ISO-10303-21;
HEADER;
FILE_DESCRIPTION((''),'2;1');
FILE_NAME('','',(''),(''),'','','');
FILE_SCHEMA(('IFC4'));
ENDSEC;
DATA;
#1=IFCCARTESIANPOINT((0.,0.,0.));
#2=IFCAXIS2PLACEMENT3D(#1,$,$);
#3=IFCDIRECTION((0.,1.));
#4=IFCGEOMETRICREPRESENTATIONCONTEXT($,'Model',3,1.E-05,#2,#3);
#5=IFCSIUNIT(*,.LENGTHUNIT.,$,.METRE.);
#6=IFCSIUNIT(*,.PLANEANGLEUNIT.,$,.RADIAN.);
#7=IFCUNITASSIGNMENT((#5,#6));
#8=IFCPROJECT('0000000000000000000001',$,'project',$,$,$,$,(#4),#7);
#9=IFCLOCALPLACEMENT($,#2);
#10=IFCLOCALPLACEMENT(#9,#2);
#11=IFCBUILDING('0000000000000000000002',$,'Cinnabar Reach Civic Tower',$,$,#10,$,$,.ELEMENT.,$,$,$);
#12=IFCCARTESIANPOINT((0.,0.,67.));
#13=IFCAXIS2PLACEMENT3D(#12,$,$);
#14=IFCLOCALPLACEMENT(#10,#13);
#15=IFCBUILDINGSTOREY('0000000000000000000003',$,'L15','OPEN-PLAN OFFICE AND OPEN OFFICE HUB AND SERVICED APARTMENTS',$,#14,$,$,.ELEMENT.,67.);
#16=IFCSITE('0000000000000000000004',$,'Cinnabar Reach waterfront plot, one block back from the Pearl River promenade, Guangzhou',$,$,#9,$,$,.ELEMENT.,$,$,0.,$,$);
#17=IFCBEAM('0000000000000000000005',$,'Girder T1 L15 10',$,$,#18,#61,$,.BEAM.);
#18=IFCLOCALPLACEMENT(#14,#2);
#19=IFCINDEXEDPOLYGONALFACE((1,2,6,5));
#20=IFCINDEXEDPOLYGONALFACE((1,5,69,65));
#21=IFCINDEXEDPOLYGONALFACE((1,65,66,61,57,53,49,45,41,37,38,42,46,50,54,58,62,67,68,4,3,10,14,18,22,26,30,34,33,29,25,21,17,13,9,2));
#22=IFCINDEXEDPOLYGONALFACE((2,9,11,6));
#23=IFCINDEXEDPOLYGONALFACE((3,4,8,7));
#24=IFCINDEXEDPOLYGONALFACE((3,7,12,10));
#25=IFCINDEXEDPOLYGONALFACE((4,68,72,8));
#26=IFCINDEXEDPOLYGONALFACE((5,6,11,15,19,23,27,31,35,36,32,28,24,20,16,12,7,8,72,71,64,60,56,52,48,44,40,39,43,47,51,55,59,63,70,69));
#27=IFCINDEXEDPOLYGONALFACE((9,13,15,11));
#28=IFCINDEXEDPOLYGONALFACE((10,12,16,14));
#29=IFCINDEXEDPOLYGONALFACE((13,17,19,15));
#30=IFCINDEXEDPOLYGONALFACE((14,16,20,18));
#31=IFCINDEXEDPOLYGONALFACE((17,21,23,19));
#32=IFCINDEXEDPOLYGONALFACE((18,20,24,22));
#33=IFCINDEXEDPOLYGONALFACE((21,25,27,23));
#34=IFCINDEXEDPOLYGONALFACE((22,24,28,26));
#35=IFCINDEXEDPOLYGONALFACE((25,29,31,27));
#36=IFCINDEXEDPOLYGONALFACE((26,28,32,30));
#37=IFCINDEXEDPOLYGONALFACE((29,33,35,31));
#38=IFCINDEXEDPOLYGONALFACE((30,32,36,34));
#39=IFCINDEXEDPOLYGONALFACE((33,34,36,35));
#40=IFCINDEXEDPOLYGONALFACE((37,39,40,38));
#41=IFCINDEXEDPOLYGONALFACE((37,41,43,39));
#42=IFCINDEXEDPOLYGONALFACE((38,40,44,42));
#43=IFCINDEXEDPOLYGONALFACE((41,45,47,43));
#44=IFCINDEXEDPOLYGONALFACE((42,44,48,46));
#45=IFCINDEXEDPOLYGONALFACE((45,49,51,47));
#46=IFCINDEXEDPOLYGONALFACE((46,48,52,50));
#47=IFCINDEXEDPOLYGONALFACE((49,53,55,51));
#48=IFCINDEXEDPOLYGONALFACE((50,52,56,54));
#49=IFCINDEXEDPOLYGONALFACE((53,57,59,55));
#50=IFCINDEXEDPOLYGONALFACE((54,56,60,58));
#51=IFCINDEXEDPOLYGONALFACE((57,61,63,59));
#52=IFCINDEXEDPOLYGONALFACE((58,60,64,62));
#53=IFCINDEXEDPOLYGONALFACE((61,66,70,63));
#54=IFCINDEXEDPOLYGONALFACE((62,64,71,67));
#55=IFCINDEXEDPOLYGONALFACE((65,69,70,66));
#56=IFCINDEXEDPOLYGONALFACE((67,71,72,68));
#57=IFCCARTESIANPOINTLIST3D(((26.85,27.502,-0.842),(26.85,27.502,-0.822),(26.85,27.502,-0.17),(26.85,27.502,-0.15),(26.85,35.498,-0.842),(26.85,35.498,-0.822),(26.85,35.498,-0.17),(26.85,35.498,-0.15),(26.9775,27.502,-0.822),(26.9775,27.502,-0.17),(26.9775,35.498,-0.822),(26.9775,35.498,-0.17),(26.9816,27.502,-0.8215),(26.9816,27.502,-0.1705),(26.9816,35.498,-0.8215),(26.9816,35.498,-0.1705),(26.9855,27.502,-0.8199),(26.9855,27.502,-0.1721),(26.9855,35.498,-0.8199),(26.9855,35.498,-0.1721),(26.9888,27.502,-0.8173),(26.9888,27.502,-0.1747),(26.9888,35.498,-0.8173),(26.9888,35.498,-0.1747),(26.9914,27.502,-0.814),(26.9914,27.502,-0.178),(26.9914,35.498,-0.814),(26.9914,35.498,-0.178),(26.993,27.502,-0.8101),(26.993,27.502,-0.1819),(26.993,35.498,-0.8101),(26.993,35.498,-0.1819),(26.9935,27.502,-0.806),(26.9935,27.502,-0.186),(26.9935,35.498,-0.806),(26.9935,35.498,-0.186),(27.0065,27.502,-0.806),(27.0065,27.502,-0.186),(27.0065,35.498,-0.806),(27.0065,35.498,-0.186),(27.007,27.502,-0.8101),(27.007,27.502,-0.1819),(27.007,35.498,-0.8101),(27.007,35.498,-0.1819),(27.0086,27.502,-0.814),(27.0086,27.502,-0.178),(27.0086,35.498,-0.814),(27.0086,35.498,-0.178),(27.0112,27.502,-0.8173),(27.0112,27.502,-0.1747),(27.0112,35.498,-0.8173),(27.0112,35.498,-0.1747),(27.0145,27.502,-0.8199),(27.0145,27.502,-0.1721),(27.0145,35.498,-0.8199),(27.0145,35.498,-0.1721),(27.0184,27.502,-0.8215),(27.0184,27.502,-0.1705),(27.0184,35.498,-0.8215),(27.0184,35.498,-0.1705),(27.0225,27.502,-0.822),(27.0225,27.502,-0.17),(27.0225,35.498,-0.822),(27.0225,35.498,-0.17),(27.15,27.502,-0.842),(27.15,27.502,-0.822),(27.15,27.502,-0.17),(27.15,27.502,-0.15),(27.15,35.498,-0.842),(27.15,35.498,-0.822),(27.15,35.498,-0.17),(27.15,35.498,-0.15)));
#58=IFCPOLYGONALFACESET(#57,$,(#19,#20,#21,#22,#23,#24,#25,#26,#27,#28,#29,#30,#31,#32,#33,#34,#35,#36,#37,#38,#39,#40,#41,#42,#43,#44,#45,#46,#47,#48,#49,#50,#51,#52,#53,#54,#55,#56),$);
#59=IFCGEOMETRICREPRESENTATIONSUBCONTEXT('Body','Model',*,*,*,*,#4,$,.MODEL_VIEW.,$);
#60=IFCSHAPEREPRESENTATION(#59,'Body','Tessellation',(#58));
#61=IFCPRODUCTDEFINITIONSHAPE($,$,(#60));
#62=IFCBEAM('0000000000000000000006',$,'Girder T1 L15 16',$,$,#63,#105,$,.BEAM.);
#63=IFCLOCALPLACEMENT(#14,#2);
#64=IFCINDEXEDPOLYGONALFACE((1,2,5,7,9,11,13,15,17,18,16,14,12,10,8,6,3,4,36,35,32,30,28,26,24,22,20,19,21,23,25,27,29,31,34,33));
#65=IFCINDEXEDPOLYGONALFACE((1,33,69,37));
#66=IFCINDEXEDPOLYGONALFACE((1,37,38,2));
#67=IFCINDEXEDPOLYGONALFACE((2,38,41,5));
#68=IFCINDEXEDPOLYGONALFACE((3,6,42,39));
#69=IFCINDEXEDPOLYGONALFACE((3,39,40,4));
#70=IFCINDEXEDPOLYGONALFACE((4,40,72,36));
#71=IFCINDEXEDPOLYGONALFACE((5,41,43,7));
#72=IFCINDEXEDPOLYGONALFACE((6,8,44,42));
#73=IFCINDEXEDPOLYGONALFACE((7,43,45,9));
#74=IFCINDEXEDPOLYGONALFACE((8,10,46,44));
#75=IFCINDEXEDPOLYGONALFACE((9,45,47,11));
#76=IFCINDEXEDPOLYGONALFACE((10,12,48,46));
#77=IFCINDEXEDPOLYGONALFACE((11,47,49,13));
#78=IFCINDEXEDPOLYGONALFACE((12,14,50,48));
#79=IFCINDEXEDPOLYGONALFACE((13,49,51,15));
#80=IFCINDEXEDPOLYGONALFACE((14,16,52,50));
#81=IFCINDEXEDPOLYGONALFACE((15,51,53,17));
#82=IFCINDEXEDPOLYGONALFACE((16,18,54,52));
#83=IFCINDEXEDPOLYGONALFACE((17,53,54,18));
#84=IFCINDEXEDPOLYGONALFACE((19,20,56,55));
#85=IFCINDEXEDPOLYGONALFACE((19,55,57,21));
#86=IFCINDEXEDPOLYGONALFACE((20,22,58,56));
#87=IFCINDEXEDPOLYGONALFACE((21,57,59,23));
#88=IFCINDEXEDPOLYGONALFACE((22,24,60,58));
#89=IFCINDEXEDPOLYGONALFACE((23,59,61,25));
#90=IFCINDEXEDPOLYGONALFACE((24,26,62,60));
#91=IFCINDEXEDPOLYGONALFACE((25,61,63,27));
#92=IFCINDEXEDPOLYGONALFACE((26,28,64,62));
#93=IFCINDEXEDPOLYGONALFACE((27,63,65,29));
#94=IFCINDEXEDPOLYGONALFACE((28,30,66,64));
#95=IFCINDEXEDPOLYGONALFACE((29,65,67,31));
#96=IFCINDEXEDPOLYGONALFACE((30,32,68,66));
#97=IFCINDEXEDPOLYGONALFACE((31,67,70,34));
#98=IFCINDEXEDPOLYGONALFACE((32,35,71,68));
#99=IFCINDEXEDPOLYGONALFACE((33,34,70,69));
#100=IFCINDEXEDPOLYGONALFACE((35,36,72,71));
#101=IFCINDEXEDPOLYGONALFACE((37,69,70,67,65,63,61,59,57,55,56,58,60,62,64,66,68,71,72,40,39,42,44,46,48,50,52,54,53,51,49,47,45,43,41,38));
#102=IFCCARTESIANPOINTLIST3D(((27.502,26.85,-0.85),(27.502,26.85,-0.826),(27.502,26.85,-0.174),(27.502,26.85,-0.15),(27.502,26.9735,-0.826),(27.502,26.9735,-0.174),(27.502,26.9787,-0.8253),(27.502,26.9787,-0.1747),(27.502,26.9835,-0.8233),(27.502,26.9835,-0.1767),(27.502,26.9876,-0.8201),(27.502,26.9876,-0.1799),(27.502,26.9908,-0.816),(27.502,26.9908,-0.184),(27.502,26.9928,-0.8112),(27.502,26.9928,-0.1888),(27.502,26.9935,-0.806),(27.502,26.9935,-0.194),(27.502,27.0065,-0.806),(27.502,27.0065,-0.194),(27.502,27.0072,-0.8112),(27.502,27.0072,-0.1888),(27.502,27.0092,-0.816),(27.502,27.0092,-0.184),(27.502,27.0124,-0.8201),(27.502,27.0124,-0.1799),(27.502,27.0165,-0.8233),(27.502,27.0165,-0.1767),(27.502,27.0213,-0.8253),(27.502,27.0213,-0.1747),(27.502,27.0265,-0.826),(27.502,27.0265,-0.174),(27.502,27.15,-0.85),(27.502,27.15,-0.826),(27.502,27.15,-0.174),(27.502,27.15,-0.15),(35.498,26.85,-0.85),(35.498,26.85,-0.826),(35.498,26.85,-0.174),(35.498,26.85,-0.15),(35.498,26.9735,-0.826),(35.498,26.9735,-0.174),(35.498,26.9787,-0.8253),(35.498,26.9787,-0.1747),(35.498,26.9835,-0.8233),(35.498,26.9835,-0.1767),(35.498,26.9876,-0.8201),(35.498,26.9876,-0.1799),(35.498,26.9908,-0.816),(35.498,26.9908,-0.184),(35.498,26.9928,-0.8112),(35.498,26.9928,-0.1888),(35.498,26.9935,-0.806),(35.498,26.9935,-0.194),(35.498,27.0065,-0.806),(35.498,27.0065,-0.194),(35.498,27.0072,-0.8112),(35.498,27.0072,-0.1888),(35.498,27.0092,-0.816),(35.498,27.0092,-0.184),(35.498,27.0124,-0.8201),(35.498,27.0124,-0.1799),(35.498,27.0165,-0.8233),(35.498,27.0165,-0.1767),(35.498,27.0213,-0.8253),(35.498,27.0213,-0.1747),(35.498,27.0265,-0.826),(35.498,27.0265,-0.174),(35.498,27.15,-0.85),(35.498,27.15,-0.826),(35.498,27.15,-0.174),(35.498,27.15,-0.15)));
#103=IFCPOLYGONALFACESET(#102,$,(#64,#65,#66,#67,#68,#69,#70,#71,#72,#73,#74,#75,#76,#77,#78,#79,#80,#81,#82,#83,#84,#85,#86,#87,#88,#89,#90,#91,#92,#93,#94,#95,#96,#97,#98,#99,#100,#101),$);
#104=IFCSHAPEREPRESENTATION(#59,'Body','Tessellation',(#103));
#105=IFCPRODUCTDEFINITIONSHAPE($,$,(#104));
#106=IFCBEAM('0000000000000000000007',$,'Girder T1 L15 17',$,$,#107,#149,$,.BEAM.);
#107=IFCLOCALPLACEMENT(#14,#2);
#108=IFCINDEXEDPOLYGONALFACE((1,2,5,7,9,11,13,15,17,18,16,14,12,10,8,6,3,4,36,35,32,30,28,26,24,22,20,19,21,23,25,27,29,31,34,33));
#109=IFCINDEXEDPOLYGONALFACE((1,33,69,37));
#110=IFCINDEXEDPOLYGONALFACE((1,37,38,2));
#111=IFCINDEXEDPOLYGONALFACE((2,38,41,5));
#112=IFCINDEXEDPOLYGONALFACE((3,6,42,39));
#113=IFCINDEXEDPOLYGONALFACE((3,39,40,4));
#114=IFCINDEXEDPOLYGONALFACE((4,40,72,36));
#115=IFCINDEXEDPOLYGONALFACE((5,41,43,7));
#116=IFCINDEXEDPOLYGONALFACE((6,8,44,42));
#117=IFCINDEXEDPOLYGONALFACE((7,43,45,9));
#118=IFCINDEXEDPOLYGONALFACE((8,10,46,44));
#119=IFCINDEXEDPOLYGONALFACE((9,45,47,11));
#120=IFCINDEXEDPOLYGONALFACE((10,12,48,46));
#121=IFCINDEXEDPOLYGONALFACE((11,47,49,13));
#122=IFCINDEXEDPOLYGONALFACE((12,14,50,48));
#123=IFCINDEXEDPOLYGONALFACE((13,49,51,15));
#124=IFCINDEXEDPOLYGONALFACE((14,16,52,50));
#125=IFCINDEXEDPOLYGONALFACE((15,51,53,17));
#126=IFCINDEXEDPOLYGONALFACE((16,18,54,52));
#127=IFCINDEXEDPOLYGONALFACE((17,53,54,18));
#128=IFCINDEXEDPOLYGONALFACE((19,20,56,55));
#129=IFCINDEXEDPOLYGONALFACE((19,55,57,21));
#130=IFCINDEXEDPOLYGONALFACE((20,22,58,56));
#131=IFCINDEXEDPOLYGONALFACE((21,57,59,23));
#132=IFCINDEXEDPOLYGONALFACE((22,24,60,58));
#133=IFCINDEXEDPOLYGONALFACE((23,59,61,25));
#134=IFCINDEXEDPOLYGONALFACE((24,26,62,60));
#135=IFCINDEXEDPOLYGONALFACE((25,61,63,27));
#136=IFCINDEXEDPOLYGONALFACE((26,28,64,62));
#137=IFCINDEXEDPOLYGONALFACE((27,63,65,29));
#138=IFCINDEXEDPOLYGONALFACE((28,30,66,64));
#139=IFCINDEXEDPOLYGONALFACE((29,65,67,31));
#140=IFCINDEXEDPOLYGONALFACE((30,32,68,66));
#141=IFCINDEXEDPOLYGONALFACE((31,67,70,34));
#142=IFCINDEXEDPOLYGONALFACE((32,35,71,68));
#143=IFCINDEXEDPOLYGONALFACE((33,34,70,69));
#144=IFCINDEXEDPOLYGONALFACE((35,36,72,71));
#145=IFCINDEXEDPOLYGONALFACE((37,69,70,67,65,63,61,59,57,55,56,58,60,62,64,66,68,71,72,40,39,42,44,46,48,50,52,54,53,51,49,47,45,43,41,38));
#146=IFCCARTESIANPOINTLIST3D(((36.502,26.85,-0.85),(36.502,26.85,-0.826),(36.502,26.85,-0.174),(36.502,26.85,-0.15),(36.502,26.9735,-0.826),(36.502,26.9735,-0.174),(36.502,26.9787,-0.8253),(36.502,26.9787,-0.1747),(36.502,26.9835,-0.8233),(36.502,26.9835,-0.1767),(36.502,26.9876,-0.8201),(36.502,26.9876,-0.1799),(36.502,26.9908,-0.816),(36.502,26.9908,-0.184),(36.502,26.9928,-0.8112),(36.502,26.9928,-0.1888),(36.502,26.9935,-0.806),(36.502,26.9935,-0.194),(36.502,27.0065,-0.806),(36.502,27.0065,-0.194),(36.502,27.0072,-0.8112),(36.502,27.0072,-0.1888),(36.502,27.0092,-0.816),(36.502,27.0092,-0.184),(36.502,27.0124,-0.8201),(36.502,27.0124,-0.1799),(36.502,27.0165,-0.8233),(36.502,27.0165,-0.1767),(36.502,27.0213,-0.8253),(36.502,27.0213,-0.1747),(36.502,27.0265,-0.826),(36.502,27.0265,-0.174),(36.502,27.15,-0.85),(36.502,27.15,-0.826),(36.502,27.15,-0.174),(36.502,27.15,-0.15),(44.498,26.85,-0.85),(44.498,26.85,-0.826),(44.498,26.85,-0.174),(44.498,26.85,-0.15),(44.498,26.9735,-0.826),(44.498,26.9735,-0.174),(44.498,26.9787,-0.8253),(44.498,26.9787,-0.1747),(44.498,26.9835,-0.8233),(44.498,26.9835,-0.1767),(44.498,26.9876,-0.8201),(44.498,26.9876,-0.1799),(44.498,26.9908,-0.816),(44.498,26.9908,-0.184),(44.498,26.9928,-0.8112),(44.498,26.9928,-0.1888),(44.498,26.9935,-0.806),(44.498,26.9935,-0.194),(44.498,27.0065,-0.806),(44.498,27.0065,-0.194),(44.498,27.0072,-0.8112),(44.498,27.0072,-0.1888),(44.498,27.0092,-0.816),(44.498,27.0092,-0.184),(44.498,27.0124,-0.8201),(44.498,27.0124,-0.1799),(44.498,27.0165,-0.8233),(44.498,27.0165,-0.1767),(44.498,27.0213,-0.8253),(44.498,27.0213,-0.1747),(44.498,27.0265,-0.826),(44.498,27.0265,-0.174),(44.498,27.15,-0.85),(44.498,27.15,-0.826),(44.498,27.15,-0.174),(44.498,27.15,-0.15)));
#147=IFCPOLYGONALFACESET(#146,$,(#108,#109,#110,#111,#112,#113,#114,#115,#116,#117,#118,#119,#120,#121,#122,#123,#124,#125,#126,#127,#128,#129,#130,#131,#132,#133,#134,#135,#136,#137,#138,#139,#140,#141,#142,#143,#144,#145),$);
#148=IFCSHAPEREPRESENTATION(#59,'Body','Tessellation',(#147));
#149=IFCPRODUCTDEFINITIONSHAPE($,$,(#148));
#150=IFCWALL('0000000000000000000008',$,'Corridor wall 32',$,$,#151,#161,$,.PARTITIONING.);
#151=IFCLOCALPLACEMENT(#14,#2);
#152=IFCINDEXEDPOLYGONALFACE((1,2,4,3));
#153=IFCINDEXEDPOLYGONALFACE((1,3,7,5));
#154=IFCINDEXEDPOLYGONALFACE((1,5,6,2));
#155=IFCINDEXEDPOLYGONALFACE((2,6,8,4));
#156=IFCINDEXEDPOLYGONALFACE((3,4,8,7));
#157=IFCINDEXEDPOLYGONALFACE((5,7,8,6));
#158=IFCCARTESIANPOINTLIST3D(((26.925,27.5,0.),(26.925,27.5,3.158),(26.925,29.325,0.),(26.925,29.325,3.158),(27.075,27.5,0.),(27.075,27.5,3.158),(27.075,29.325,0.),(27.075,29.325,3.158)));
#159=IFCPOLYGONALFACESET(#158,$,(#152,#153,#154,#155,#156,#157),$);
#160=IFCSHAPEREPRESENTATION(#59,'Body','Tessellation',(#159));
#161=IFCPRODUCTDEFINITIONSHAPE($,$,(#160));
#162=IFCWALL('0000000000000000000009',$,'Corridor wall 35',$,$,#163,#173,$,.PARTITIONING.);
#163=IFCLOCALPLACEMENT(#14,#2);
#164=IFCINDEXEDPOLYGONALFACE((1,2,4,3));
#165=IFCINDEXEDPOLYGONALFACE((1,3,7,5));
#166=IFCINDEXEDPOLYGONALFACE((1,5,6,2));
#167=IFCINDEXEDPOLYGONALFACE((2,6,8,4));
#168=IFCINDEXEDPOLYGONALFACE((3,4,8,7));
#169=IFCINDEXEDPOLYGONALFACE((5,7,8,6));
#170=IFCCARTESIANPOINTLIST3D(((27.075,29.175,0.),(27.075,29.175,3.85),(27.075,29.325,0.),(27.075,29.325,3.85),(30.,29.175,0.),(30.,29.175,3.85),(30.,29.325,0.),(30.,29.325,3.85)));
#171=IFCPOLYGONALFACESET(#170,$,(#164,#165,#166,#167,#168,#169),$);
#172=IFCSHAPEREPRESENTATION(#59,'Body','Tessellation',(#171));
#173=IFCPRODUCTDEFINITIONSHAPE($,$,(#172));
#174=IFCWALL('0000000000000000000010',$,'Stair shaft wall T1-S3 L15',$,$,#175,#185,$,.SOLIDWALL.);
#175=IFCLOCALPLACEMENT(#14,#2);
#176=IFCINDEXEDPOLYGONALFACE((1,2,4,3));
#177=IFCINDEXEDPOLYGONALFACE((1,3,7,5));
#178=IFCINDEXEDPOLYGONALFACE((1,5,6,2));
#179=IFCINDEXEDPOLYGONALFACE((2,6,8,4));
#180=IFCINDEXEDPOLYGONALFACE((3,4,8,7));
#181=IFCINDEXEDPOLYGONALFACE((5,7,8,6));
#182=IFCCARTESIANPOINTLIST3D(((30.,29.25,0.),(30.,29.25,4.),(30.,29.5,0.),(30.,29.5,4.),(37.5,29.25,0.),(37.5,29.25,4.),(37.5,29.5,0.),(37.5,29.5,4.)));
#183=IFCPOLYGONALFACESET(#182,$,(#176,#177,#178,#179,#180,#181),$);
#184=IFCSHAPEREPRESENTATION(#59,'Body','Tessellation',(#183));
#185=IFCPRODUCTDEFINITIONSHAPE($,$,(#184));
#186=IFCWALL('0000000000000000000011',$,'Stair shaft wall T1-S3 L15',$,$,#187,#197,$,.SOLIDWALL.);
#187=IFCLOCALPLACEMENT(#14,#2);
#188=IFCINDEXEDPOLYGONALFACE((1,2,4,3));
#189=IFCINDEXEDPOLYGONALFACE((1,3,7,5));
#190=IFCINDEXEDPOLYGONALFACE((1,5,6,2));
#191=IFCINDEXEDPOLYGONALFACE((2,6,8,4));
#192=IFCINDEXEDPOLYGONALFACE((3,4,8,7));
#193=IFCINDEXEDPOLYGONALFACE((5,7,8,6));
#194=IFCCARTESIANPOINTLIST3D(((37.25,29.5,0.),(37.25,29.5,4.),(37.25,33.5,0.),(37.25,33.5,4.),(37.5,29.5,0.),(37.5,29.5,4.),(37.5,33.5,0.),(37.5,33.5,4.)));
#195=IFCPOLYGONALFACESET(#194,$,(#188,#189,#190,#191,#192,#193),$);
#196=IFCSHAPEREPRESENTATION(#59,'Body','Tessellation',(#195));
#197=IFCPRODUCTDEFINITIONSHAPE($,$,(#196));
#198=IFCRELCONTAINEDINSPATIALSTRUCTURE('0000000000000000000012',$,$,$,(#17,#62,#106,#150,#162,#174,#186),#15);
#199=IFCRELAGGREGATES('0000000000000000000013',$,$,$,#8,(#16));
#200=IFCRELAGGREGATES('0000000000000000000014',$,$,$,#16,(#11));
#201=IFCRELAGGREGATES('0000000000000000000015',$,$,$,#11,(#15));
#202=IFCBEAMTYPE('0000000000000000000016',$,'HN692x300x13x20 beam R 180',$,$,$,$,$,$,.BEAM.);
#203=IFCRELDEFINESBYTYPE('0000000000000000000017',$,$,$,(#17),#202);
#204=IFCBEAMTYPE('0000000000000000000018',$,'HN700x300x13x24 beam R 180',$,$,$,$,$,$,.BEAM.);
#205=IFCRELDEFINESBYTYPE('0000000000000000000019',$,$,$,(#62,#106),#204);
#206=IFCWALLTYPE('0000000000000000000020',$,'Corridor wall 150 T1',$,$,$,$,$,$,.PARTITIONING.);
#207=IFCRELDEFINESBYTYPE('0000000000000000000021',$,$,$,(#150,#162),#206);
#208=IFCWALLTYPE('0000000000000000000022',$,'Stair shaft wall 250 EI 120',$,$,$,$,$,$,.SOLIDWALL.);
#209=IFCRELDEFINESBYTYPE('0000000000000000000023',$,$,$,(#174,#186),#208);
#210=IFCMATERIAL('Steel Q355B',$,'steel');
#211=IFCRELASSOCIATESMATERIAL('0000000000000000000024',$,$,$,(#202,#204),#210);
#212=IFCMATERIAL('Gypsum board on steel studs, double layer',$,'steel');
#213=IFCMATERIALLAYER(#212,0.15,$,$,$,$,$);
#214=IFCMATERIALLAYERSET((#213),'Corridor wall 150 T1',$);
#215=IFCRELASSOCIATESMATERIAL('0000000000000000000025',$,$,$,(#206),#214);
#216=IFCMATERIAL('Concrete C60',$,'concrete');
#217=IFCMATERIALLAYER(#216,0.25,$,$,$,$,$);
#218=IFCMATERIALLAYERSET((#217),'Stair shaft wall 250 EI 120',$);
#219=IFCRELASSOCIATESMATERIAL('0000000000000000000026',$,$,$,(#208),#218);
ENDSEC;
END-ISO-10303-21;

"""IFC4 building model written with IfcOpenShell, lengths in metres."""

from ifc_helpers import new_model, si_unit, direction, frame, frame_2d, origin, origin_2d, place, context, subcontext, project, spatial, rectangle, i_section, extrude, material, layer, layer_set, material_profile, profile_set, type_object, element, save


model = new_model("IFC4")

# Units and contexts
model_context = context("Model", 3, precision=1e-05, world=origin(), true_north=direction((0.0, 1.0)))
body_context = subcontext(model_context, "Body", "Model", "MODEL_VIEW")
ifc_project = project(units=[si_unit("LENGTHUNIT", "METRE"), si_unit("PLANEANGLEUNIT", "RADIAN")], contexts=[model_context])

# Site, building, storey
site_placement = place(None, origin())
site = spatial("IfcSite", under=ifc_project, at=site_placement, Name="Cinnabar Reach waterfront plot, one block back from the Pearl River promenade, Guangzhou", CompositionType="ELEMENT", RefElevation=0.0)
building_placement = place(site_placement, origin())
building = spatial("IfcBuilding", under=site, at=building_placement, Name="Cinnabar Reach Civic Tower", CompositionType="ELEMENT")
storey_placement = place(building_placement, frame((0.0, 0.0, 67.0)))
storey = spatial("IfcBuildingStorey", under=building, at=storey_placement, Name="L15", Description="OPEN-PLAN OFFICE AND OPEN OFFICE HUB AND SERVICED APARTMENTS", CompositionType="ELEMENT", Elevation=67.0)

# Beams
ifc_material_1 = material(Name="Steel Q355B", Category="steel")
ifc_material_profile_1 = material_profile(ifc_material_1, i_section(OverallWidth=0.3, OverallDepth=0.692, WebThickness=0.013, FlangeThickness=0.02, FilletRadius=0.016, at=origin_2d()), Name="HN692x300x13x20")
ifc_profile_set_1 = profile_set([ifc_material_profile_1], Name="Steel Q355B")
beam_type_1 = type_object("IfcBeamType", Name="HN692x300x13x20 beam R 180", PredefinedType="BEAM", material=ifc_profile_set_1)
beam_1_placement = place(storey_placement, frame((27.0, 27.502, -0.496), z_axis=(0.0, 1.0, 0.0), x_axis=(-1.0, 0.0, 0.0)))
element("IfcBeam", 1, at=beam_1_placement, inside=storey, type_object=beam_type_1, Name="Girder T1 L15 10", PredefinedType="BEAM", context=body_context, shape_type="SweptSolid", body=[
    extrude(i_section(OverallWidth=0.3, OverallDepth=0.692, WebThickness=0.013, FlangeThickness=0.02, FilletRadius=0.016, at=origin_2d()), origin(), (0.0, 0.0, 1.0), 7.996),
])
ifc_material_profile_2 = material_profile(ifc_material_1, i_section(OverallWidth=0.3, OverallDepth=0.7, WebThickness=0.013, FlangeThickness=0.024, FilletRadius=0.02, at=origin_2d()), Name="HN700x300x13x24")
ifc_profile_set_2 = profile_set([ifc_material_profile_2], Name="Steel Q355B")
beam_type_2 = type_object("IfcBeamType", Name="HN700x300x13x24 beam R 180", PredefinedType="BEAM", material=ifc_profile_set_2)
for number, where, z_axis, x_axis, name in (
    (2, (27.502, 27.0, -0.5), (1.0, 0.0, 0.0), (0.0, 1.0, 0.0), "Girder T1 L15 16"),
    (3, (36.502, 27.0, -0.5), (1.0, 0.0, 0.0), (0.0, 1.0, 0.0), "Girder T1 L15 17"),
):
    element("IfcBeam", number, at=place(storey_placement, frame(where, z_axis=z_axis, x_axis=x_axis)), inside=storey, type_object=beam_type_2, Name=name, PredefinedType="BEAM", context=body_context, shape_type="SweptSolid", body=[
        extrude(i_section(OverallWidth=0.3, OverallDepth=0.7, WebThickness=0.013, FlangeThickness=0.024, FilletRadius=0.02, at=origin_2d()), origin(), (0.0, 0.0, 1.0), 7.996),
    ])

# Walls
ifc_material_2 = material(Name="Gypsum board on steel studs, double layer", Category="steel")
ifc_layer_1 = layer(ifc_material_2, 0.15)
ifc_layer_set_1 = layer_set([ifc_layer_1], Name="Corridor wall 150 T1")
wall_type_1 = type_object("IfcWallType", Name="Corridor wall 150 T1", PredefinedType="PARTITIONING", material=ifc_layer_set_1)
wall_1_placement = place(storey_placement, frame((27.0, 27.5, 0.0), z_axis=(0.0, 0.0, 1.0), x_axis=(0.0, 1.0, 0.0)))
element("IfcWall", 4, at=wall_1_placement, inside=storey, type_object=wall_type_1, Name="Corridor wall 32", PredefinedType="PARTITIONING", context=body_context, shape_type="SweptSolid", body=[
    extrude(rectangle(XDim=1.825, YDim=0.15, at=frame_2d((0.9125, 0.0))), origin(), (0.0, 0.0, 1.0), 3.158),
])
wall_2_placement = place(storey_placement, frame((27.075, 29.25, 0.0), z_axis=(0.0, 0.0, 1.0), x_axis=(1.0, 0.0, 0.0)))
element("IfcWall", 5, at=wall_2_placement, inside=storey, type_object=wall_type_1, Name="Corridor wall 35", PredefinedType="PARTITIONING", context=body_context, shape_type="SweptSolid", body=[
    extrude(rectangle(XDim=2.925, YDim=0.15, at=frame_2d((1.4625, 0.0))), origin(), (0.0, 0.0, 1.0), 3.85),
])
ifc_material_3 = material(Name="Concrete C60", Category="concrete")
ifc_layer_2 = layer(ifc_material_3, 0.25)
ifc_layer_set_2 = layer_set([ifc_layer_2], Name="Stair shaft wall 250 EI 120")
wall_type_2 = type_object("IfcWallType", Name="Stair shaft wall 250 EI 120", PredefinedType="SOLIDWALL", material=ifc_layer_set_2)
wall_3_placement = place(storey_placement, frame((30.0, 29.375, 0.0), z_axis=(0.0, 0.0, 1.0), x_axis=(1.0, 0.0, 0.0)))
element("IfcWall", 6, at=wall_3_placement, inside=storey, type_object=wall_type_2, Name="Stair shaft wall T1-S3 L15", PredefinedType="SOLIDWALL", context=body_context, shape_type="SweptSolid", body=[
    extrude(rectangle(XDim=7.5, YDim=0.25, at=frame_2d((3.75, 0.0))), origin(), (0.0, 0.0, 1.0), 4.0),
])
wall_4_placement = place(storey_placement, frame((37.375, 29.5, 0.0), z_axis=(0.0, 0.0, 1.0), x_axis=(0.0, 1.0, 0.0)))
element("IfcWall", 7, at=wall_4_placement, inside=storey, type_object=wall_type_2, Name="Stair shaft wall T1-S3 L15", PredefinedType="SOLIDWALL", context=body_context, shape_type="SweptSolid", body=[
    extrude(rectangle(XDim=4.0, YDim=0.25, at=frame_2d((2.0, 0.0))), origin(), (0.0, 0.0, 1.0), 4.0),
])

save(model, "model.ifc")
